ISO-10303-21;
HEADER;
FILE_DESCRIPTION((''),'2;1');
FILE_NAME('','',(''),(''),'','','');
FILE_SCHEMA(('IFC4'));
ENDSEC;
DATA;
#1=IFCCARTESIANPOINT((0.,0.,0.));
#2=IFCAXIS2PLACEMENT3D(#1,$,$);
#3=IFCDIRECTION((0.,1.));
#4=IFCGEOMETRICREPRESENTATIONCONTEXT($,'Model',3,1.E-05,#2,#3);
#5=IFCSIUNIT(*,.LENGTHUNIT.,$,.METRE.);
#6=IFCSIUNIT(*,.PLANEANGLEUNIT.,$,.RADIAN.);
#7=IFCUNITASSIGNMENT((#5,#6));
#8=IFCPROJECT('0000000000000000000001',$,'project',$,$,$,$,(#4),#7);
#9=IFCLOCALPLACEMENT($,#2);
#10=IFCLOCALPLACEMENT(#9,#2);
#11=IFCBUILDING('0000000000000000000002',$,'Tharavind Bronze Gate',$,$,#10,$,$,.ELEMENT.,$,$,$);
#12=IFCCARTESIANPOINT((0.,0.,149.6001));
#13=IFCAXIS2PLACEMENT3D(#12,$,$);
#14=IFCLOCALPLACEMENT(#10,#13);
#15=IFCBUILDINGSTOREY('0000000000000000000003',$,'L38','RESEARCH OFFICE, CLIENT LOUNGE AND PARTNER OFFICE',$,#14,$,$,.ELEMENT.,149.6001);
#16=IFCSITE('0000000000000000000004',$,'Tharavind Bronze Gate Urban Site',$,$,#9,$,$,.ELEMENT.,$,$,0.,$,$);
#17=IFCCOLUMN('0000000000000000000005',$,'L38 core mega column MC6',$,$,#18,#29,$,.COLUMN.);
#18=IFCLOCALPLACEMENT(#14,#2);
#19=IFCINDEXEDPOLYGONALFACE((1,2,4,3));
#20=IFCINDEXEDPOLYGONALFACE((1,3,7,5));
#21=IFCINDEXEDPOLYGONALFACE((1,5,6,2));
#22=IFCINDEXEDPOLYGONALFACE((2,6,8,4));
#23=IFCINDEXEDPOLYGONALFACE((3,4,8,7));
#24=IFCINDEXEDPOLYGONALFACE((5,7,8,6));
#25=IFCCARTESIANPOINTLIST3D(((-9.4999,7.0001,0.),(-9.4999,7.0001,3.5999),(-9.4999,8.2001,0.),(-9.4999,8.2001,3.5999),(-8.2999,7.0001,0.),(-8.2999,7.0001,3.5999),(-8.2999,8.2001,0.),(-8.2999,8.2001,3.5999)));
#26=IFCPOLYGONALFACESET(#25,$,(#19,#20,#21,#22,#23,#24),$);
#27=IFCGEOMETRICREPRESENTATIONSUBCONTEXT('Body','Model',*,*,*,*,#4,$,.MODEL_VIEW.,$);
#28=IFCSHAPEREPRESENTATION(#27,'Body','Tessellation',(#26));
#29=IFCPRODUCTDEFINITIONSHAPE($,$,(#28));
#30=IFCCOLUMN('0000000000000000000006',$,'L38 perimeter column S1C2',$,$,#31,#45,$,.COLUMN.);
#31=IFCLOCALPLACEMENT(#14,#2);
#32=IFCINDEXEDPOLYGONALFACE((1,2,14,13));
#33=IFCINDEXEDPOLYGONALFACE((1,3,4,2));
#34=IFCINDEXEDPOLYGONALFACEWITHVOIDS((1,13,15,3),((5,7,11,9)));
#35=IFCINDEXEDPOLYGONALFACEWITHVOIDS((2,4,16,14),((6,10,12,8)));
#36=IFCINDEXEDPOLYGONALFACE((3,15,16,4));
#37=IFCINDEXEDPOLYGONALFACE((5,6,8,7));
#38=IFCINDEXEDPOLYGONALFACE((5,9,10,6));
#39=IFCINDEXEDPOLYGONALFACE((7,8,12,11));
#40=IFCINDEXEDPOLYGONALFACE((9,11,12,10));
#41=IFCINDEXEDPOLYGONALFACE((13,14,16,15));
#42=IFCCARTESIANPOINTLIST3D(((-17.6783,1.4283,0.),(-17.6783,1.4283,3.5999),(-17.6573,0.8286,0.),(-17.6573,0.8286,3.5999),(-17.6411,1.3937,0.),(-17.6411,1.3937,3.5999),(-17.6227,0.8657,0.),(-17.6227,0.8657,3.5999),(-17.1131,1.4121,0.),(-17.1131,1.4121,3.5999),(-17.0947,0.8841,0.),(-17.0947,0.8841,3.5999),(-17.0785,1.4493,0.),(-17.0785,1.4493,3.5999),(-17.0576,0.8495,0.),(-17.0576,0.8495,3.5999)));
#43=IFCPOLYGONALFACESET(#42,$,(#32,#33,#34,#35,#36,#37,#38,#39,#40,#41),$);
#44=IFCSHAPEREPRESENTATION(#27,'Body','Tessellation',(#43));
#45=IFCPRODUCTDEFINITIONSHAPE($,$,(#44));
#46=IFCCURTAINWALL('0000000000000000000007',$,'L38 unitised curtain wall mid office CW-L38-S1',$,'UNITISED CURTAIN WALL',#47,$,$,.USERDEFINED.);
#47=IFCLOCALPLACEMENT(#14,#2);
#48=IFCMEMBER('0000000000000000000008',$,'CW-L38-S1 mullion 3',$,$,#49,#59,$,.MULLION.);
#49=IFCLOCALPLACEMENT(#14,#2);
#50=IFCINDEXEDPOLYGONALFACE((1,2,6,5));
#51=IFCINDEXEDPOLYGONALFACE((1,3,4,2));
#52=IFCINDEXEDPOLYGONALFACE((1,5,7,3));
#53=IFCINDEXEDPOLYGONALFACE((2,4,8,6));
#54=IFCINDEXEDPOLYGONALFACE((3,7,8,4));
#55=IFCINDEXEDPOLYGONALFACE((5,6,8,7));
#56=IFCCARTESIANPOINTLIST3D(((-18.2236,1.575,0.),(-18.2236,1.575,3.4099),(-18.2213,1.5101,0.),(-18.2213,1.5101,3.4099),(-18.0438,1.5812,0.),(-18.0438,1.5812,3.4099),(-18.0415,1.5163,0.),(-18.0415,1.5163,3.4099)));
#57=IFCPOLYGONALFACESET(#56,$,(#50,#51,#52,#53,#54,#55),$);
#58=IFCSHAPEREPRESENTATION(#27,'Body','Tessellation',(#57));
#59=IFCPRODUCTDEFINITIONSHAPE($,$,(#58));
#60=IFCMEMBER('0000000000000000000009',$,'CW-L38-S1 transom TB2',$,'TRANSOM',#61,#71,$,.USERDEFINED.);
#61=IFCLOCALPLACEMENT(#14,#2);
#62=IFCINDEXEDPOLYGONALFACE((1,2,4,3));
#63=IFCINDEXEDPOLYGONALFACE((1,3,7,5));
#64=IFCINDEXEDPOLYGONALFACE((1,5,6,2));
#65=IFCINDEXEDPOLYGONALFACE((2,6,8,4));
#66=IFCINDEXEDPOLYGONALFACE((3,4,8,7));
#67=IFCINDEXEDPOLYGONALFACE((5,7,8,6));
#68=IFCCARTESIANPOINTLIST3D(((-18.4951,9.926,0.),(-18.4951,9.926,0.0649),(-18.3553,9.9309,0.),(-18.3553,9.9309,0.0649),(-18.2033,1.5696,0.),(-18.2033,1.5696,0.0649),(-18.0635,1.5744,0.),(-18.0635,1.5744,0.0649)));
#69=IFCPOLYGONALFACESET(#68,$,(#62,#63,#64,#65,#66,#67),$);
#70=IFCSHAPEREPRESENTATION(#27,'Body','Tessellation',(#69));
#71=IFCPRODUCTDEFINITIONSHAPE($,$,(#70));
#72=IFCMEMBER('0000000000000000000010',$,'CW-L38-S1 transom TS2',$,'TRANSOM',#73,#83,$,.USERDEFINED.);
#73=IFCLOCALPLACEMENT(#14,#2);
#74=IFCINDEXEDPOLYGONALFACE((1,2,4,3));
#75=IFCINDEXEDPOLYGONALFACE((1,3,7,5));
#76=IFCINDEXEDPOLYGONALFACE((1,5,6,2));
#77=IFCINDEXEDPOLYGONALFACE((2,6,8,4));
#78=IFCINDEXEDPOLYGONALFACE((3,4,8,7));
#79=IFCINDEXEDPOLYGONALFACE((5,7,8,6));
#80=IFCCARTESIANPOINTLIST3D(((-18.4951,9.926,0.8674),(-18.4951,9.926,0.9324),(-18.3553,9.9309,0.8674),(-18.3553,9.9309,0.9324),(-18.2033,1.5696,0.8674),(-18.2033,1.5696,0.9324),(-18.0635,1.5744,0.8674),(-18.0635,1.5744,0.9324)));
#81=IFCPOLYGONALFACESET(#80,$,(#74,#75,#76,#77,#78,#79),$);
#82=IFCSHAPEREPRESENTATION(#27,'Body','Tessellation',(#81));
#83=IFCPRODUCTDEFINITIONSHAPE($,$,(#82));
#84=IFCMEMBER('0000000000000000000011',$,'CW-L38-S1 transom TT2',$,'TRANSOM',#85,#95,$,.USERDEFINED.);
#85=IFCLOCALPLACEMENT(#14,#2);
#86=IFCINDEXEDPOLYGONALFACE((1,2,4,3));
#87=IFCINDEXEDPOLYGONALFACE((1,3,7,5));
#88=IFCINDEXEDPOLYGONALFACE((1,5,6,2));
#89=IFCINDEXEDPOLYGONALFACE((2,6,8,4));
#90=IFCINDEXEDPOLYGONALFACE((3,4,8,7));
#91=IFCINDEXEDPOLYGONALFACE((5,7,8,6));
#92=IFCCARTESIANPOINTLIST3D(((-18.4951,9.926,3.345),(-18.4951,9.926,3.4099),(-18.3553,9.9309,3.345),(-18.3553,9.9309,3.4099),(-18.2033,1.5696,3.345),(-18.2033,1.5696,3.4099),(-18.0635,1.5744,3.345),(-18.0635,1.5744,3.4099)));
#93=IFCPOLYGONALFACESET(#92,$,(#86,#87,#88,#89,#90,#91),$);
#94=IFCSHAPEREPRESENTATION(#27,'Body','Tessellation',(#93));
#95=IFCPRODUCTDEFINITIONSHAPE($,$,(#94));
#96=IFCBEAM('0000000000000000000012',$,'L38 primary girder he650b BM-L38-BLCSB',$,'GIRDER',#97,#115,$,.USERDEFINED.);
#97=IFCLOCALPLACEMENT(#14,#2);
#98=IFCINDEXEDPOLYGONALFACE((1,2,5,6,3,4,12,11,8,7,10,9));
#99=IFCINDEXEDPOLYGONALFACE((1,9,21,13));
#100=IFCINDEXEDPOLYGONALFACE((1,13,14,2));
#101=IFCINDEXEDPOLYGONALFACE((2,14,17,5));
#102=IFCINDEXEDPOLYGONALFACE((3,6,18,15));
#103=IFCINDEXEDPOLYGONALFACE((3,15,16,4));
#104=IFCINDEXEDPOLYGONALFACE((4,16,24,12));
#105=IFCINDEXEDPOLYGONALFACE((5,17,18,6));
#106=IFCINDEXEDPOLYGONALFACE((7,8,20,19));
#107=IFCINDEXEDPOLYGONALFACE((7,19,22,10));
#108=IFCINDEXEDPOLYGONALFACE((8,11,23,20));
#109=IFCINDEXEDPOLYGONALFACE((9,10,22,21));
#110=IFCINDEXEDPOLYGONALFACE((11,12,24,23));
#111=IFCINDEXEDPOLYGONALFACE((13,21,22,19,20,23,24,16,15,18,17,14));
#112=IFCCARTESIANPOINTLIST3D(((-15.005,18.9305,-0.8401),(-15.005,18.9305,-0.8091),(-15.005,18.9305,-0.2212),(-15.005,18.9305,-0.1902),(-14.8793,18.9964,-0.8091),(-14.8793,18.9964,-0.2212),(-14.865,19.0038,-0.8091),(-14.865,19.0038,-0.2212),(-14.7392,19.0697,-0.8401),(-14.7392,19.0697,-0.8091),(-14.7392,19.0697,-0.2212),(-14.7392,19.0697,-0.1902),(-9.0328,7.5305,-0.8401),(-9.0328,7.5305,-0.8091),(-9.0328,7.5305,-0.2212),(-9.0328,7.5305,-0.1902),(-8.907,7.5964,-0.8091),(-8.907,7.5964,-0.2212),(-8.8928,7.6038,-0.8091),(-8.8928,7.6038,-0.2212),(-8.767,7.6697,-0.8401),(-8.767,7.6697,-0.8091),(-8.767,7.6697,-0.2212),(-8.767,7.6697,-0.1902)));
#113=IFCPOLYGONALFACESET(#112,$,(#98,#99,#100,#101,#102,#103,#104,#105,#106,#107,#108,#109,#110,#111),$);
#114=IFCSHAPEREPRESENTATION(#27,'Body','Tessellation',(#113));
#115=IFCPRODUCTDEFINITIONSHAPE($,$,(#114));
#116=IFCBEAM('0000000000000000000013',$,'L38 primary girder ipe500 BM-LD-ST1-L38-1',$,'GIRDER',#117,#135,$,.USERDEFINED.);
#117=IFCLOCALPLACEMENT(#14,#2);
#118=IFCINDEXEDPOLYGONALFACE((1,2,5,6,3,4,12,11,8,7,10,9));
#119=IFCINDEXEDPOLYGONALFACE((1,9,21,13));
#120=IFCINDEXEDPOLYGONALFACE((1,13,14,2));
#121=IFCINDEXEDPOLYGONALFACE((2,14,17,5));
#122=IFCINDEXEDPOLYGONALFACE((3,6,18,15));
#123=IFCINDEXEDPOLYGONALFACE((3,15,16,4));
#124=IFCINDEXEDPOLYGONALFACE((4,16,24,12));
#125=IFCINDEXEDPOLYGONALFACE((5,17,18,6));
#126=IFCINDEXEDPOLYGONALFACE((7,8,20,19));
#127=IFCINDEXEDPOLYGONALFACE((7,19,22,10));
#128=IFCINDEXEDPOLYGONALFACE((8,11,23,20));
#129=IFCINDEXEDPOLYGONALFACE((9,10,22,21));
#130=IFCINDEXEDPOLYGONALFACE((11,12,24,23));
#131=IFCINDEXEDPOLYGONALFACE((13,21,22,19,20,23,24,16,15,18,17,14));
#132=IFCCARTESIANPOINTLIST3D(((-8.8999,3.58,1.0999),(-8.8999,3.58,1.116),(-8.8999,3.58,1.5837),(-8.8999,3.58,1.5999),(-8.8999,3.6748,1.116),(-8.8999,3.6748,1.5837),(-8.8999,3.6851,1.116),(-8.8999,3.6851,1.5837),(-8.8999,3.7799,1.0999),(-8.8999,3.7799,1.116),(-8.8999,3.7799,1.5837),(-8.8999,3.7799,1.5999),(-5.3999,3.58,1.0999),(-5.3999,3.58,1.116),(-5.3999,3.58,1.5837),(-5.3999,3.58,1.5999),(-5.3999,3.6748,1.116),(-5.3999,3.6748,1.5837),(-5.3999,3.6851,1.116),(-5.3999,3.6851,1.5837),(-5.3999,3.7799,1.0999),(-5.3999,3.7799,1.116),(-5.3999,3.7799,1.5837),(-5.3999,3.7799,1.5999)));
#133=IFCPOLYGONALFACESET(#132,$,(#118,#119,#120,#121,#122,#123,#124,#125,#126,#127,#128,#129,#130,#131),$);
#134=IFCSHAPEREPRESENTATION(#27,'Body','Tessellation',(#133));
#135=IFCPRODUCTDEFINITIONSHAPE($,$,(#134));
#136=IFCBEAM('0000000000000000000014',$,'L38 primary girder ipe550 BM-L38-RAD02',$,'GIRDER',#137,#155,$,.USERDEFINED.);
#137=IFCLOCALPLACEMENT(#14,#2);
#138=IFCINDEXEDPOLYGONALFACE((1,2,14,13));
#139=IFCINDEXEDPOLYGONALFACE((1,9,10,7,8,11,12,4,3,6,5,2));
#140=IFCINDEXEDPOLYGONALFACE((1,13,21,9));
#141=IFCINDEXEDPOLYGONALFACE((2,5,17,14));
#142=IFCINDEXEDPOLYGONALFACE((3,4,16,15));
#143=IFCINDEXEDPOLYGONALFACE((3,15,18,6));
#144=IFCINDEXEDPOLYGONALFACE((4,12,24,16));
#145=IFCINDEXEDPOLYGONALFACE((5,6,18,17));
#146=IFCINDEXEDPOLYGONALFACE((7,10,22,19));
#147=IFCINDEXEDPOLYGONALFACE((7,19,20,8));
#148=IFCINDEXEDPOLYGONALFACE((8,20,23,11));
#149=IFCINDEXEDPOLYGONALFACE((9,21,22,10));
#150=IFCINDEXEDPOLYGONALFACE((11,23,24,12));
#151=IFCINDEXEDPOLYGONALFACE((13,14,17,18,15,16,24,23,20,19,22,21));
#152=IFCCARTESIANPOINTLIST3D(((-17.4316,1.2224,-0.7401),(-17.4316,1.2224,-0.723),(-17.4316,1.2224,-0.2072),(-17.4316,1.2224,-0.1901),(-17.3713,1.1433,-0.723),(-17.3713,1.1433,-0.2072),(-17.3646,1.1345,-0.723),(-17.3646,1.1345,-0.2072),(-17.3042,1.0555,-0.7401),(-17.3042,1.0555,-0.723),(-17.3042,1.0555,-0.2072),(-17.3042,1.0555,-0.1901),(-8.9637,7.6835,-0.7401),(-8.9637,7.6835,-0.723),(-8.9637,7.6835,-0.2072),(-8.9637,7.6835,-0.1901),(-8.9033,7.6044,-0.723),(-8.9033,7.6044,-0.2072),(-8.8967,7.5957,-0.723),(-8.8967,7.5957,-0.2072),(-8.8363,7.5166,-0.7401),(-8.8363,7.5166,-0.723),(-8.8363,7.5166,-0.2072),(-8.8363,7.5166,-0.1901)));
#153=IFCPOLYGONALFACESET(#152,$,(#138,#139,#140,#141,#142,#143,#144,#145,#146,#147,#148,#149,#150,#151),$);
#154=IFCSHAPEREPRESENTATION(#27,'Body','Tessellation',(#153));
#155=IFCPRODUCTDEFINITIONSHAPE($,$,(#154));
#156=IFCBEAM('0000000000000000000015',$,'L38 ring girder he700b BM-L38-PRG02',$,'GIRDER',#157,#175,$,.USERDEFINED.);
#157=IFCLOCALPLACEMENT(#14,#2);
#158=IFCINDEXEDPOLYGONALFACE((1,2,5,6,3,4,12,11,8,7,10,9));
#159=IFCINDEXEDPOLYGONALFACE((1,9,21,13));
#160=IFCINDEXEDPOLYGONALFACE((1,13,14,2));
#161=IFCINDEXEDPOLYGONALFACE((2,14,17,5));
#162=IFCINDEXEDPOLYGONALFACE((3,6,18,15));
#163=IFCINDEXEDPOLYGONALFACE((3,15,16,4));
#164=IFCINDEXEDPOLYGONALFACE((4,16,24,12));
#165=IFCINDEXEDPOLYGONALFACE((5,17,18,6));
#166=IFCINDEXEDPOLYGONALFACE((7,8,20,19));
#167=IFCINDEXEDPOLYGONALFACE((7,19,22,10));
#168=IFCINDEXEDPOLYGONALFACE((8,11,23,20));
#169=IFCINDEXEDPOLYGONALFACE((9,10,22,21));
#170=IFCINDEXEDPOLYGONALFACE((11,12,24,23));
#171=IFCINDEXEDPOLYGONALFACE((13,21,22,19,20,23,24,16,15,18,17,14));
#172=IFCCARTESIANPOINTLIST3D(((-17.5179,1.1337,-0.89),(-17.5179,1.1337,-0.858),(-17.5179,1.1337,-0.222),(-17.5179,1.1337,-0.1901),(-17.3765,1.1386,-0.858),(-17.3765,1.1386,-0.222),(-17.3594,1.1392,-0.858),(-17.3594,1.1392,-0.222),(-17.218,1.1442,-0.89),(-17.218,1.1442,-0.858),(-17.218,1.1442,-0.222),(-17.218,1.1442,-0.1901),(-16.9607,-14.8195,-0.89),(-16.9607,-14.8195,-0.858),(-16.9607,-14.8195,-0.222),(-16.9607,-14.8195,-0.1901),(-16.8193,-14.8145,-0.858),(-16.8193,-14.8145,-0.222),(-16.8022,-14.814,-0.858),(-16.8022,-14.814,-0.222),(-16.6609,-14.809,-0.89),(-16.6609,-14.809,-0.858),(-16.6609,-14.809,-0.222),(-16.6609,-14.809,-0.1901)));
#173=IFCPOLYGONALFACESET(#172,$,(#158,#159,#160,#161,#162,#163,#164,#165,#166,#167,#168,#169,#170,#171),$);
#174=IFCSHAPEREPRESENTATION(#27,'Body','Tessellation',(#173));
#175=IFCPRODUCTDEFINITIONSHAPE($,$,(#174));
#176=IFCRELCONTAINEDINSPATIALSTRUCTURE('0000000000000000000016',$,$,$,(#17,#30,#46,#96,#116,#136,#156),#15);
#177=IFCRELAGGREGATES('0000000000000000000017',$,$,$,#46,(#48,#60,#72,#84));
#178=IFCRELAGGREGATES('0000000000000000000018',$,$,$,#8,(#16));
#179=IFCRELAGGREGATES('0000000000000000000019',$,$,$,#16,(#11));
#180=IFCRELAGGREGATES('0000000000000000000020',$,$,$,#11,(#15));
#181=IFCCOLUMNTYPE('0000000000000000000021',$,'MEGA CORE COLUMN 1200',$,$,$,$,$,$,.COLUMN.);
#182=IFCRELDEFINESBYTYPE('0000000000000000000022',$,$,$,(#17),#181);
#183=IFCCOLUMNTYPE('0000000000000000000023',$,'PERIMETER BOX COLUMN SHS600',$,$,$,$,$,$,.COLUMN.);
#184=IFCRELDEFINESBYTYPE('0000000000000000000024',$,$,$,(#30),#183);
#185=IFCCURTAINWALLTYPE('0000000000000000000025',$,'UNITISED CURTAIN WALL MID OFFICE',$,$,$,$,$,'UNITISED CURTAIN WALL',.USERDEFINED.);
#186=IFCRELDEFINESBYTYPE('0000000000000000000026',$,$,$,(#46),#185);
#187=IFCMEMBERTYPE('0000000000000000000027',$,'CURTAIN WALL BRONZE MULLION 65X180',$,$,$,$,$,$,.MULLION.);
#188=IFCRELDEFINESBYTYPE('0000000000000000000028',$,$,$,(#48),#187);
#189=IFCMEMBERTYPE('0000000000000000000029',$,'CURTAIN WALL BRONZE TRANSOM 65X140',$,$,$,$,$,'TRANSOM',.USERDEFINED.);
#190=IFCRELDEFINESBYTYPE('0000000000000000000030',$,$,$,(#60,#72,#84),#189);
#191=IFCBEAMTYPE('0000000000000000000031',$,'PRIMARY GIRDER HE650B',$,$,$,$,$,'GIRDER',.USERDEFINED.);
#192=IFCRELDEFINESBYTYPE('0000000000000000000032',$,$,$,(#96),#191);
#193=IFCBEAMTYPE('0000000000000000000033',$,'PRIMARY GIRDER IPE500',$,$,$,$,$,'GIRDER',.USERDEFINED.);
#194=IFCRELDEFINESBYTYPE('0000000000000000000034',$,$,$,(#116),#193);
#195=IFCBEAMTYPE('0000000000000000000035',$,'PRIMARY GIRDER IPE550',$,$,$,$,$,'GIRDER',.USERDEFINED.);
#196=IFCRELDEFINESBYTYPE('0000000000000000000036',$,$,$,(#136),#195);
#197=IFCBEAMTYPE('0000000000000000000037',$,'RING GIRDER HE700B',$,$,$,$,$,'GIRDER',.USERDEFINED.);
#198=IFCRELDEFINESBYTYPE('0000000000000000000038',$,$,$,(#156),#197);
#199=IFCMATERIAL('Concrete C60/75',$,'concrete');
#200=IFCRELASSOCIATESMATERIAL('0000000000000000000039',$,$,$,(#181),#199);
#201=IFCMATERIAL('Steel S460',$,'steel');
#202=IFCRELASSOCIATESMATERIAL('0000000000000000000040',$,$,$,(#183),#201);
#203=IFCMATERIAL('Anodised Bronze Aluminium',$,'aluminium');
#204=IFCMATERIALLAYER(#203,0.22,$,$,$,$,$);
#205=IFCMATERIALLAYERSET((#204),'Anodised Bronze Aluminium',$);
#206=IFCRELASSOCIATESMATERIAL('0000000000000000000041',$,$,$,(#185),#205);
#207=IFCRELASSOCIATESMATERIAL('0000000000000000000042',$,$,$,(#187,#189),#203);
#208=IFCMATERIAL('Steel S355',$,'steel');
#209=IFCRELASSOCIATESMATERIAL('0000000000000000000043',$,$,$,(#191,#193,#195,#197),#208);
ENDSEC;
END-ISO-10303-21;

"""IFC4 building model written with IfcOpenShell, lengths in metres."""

from ifc_helpers import new_model, si_unit, direction, frame, origin, origin_2d, place, context, subcontext, project, spatial, rectangle, hollow_rectangle, i_section, extrude, material, layer, layer_set, material_profile, profile_set, type_object, element, aggregate, save


model = new_model("IFC4")

# Units and contexts
model_context = context("Model", 3, precision=1e-05, world=origin(), true_north=direction((0.0, 1.0)))
body_context = subcontext(model_context, "Body", "Model", "MODEL_VIEW")
ifc_project = project(units=[si_unit("LENGTHUNIT", "METRE"), si_unit("PLANEANGLEUNIT", "RADIAN")], contexts=[model_context])

# Site, building, storey
site_placement = place(None, origin())
site = spatial("IfcSite", under=ifc_project, at=site_placement, Name="Tharavind Bronze Gate Urban Site", CompositionType="ELEMENT", RefElevation=0.0)
building_placement = place(site_placement, origin())
building = spatial("IfcBuilding", under=site, at=building_placement, Name="Tharavind Bronze Gate", CompositionType="ELEMENT")
storey_placement = place(building_placement, frame((0.0, 0.0, 149.6001)))
storey = spatial("IfcBuildingStorey", under=building, at=storey_placement, Name="L38", Description="RESEARCH OFFICE, CLIENT LOUNGE AND PARTNER OFFICE", CompositionType="ELEMENT", Elevation=149.6001)

# Columns
ifc_material_1 = material(Name="Concrete C60/75", Category="concrete")
ifc_material_profile_1 = material_profile(ifc_material_1, rectangle(XDim=1.2, YDim=1.2, at=origin_2d()), Name="RCCOL1200")
ifc_profile_set_1 = profile_set([ifc_material_profile_1], Name="Concrete C60/75")
column_type_1 = type_object("IfcColumnType", Name="MEGA CORE COLUMN 1200", PredefinedType="COLUMN", material=ifc_profile_set_1)
column_1_placement = place(storey_placement, frame((-8.8999, 7.6001, 0.0), z_axis=(0.0, 0.0, 1.0), x_axis=(1.0, 0.0, 0.0)))
element("IfcColumn", 1, at=column_1_placement, inside=storey, type_object=column_type_1, Name="L38 core mega column MC6", PredefinedType="COLUMN", context=body_context, shape_type="SweptSolid", body=[
    extrude(rectangle(XDim=1.2, YDim=1.2, at=origin_2d()), origin(), (0.0, 0.0, 1.0), 3.5999),
])
ifc_material_2 = material(Name="Steel S460", Category="steel")
ifc_material_profile_2 = material_profile(ifc_material_2, hollow_rectangle(XDim=0.6001, YDim=0.6001, WallThickness=0.0359, at=origin_2d()), Name="SHS600X36")
ifc_profile_set_2 = profile_set([ifc_material_profile_2], Name="Steel S460")
column_type_2 = type_object("IfcColumnType", Name="PERIMETER BOX COLUMN SHS600", PredefinedType="COLUMN", material=ifc_profile_set_2)
column_2_placement = place(storey_placement, frame((-17.3679, 1.1389, 0.0), z_axis=(0.0, 0.0, 1.0), x_axis=(-0.034899, 0.999391, 0.0)))
element("IfcColumn", 2, at=column_2_placement, inside=storey, type_object=column_type_2, Name="L38 perimeter column S1C2", PredefinedType="COLUMN", context=body_context, shape_type="SweptSolid", body=[
    extrude(hollow_rectangle(XDim=0.6001, YDim=0.6001, WallThickness=0.0359, at=origin_2d()), origin(), (0.0, 0.0, 1.0), 3.5999),
])

# Curtain wall, members
ifc_material_3 = material(Name="Anodised Bronze Aluminium", Category="aluminium")
ifc_layer_1 = layer(ifc_material_3, 0.22)
ifc_layer_set_1 = layer_set([ifc_layer_1], Name="Anodised Bronze Aluminium")
curtain_wall_type = type_object("IfcCurtainWallType", Name="UNITISED CURTAIN WALL MID OFFICE", ElementType="UNITISED CURTAIN WALL", PredefinedType="USERDEFINED", material=ifc_layer_set_1)
curtain_wall_placement = place(storey_placement, origin())
curtain_wall = element("IfcCurtainWall", 3, at=curtain_wall_placement, inside=storey, type_object=curtain_wall_type, Name="L38 unitised curtain wall mid office CW-L38-S1", ObjectType="UNITISED CURTAIN WALL", PredefinedType="USERDEFINED")
member_type_1 = type_object("IfcMemberType", Name="CURTAIN WALL BRONZE MULLION 65X180", PredefinedType="MULLION", material=ifc_material_3)
member_1_placement = place(storey_placement, frame((-18.1326, 1.5457, 0.0), z_axis=(0.0, 0.0, 1.0), x_axis=(0.034899, -0.999391, 0.0)))
member_1 = element("IfcMember", 4, at=member_1_placement, type_object=member_type_1, Name="CW-L38-S1 mullion 3", PredefinedType="MULLION", context=body_context, shape_type="SweptSolid", body=[
    extrude(rectangle(XDim=0.0649, YDim=0.1799, at=origin_2d()), origin(), (0.0, 0.0, 1.0), 3.4099),
])
member_type_2 = type_object("IfcMemberType", Name="CURTAIN WALL BRONZE TRANSOM 65X140", ElementType="TRANSOM", PredefinedType="USERDEFINED", material=ifc_material_3)
member_2_placement = place(storey_placement, frame((-18.2793, 5.7502, 0.0), z_axis=(0.0, 0.0, 1.0), x_axis=(0.034899, -0.999391, 0.0)))
member_2 = element("IfcMember", 5, at=member_2_placement, type_object=member_type_2, Name="CW-L38-S1 transom TB2", ObjectType="TRANSOM", PredefinedType="USERDEFINED", context=body_context, shape_type="SweptSolid", body=[
    extrude(rectangle(XDim=8.3616, YDim=0.1399, at=origin_2d()), origin(), (0.0, 0.0, 1.0), 0.0649),
])
member_3_placement = place(storey_placement, frame((-18.2793, 5.7502, 0.8674), z_axis=(0.0, 0.0, 1.0), x_axis=(0.034899, -0.999391, 0.0)))
member_3 = element("IfcMember", 6, at=member_3_placement, type_object=member_type_2, Name="CW-L38-S1 transom TS2", ObjectType="TRANSOM", PredefinedType="USERDEFINED", context=body_context, shape_type="SweptSolid", body=[
    extrude(rectangle(XDim=8.3616, YDim=0.1399, at=origin_2d()), origin(), (0.0, 0.0, 1.0), 0.0649),
])
member_4_placement = place(storey_placement, frame((-18.2793, 5.7502, 3.345), z_axis=(0.0, 0.0, 1.0), x_axis=(0.034899, -0.999391, 0.0)))
member_4 = element("IfcMember", 7, at=member_4_placement, type_object=member_type_2, Name="CW-L38-S1 transom TT2", ObjectType="TRANSOM", PredefinedType="USERDEFINED", context=body_context, shape_type="SweptSolid", body=[
    extrude(rectangle(XDim=8.3616, YDim=0.1399, at=origin_2d()), origin(), (0.0, 0.0, 1.0), 0.0649),
])

# Beams
ifc_material_4 = material(Name="Steel S355", Category="steel")
ifc_material_profile_3 = material_profile(ifc_material_4, i_section(OverallWidth=0.3, OverallDepth=0.6499, WebThickness=0.0161, FlangeThickness=0.031, at=origin_2d()), Name="HE650B")
ifc_profile_set_3 = profile_set([ifc_material_profile_3], Name="Steel S355")
beam_type_1 = type_object("IfcBeamType", Name="PRIMARY GIRDER HE650B", ElementType="GIRDER", PredefinedType="USERDEFINED", material=ifc_profile_set_3)
beam_1_placement = place(storey_placement, frame((-8.8999, 7.6001, -0.5151), z_axis=(-0.464055, 0.885806, 0.0), x_axis=(-0.885806, -0.464055, 0.0)))
element("IfcBeam", 8, at=beam_1_placement, inside=storey, type_object=beam_type_1, Name="L38 primary girder he650b BM-L38-BLCSB", ObjectType="GIRDER", PredefinedType="USERDEFINED", context=body_context, shape_type="SweptSolid", body=[
    extrude(i_section(OverallWidth=0.3, OverallDepth=0.6499, WebThickness=0.0161, FlangeThickness=0.031, at=origin_2d()), origin(), (0.0, 0.0, 1.0), 12.8696),
])
ifc_material_profile_4 = material_profile(ifc_material_4, i_section(OverallWidth=0.2, OverallDepth=0.5, WebThickness=0.0103, FlangeThickness=0.0161, at=origin_2d()), Name="IPE500")
ifc_profile_set_4 = profile_set([ifc_material_profile_4], Name="Steel S355")
beam_type_2 = type_object("IfcBeamType", Name="PRIMARY GIRDER IPE500", ElementType="GIRDER", PredefinedType="USERDEFINED", material=ifc_profile_set_4)
beam_2_placement = place(storey_placement, frame((-8.8999, 3.6799, 1.3499), z_axis=(1.0, 0.0, 0.0), x_axis=(0.0, 1.0, 0.0)))
element("IfcBeam", 9, at=beam_2_placement, inside=storey, type_object=beam_type_2, Name="L38 primary girder ipe500 BM-LD-ST1-L38-1", ObjectType="GIRDER", PredefinedType="USERDEFINED", context=body_context, shape_type="SweptSolid", body=[
    extrude(i_section(OverallWidth=0.2, OverallDepth=0.5, WebThickness=0.0103, FlangeThickness=0.0161, at=origin_2d()), origin(), (0.0, 0.0, 1.0), 3.5),
])
ifc_material_profile_5 = material_profile(ifc_material_4, i_section(OverallWidth=0.21, OverallDepth=0.55, WebThickness=0.011, FlangeThickness=0.0171, at=origin_2d()), Name="IPE550")
ifc_profile_set_5 = profile_set([ifc_material_profile_5], Name="Steel S355")
beam_type_3 = type_object("IfcBeamType", Name="PRIMARY GIRDER IPE550", ElementType="GIRDER", PredefinedType="USERDEFINED", material=ifc_profile_set_5)
beam_3_placement = place(storey_placement, frame((-17.3679, 1.1389, -0.4651), z_axis=(0.795008, 0.606599, 0.0), x_axis=(-0.606599, 0.795008, 0.0)))
element("IfcBeam", 10, at=beam_3_placement, inside=storey, type_object=beam_type_3, Name="L38 primary girder ipe550 BM-L38-RAD02", ObjectType="GIRDER", PredefinedType="USERDEFINED", context=body_context, shape_type="SweptSolid", body=[
    extrude(i_section(OverallWidth=0.21, OverallDepth=0.55, WebThickness=0.011, FlangeThickness=0.0171, at=origin_2d()), origin(), (0.0, 0.0, 1.0), 10.6514),
])
ifc_material_profile_6 = material_profile(ifc_material_4, i_section(OverallWidth=0.3, OverallDepth=0.7, WebThickness=0.0171, FlangeThickness=0.032, at=origin_2d()), Name="HE700B")
ifc_profile_set_6 = profile_set([ifc_material_profile_6], Name="Steel S355")
beam_type_4 = type_object("IfcBeamType", Name="RING GIRDER HE700B", ElementType="GIRDER", PredefinedType="USERDEFINED", material=ifc_profile_set_6)
beam_4_placement = place(storey_placement, frame((-17.3679, 1.1389, -0.54), z_axis=(0.034902, -0.999391, 0.0), x_axis=(0.999391, 0.034902, 0.0)))
element("IfcBeam", 11, at=beam_4_placement, inside=storey, type_object=beam_type_4, Name="L38 ring girder he700b BM-L38-PRG02", ObjectType="GIRDER", PredefinedType="USERDEFINED", context=body_context, shape_type="SweptSolid", body=[
    extrude(i_section(OverallWidth=0.3, OverallDepth=0.7, WebThickness=0.0171, FlangeThickness=0.032, at=origin_2d()), origin(), (0.0, 0.0, 1.0), 15.9629),
])

aggregate(curtain_wall, [member_1, member_2, member_3, member_4])

save(model, "model.ifc")
